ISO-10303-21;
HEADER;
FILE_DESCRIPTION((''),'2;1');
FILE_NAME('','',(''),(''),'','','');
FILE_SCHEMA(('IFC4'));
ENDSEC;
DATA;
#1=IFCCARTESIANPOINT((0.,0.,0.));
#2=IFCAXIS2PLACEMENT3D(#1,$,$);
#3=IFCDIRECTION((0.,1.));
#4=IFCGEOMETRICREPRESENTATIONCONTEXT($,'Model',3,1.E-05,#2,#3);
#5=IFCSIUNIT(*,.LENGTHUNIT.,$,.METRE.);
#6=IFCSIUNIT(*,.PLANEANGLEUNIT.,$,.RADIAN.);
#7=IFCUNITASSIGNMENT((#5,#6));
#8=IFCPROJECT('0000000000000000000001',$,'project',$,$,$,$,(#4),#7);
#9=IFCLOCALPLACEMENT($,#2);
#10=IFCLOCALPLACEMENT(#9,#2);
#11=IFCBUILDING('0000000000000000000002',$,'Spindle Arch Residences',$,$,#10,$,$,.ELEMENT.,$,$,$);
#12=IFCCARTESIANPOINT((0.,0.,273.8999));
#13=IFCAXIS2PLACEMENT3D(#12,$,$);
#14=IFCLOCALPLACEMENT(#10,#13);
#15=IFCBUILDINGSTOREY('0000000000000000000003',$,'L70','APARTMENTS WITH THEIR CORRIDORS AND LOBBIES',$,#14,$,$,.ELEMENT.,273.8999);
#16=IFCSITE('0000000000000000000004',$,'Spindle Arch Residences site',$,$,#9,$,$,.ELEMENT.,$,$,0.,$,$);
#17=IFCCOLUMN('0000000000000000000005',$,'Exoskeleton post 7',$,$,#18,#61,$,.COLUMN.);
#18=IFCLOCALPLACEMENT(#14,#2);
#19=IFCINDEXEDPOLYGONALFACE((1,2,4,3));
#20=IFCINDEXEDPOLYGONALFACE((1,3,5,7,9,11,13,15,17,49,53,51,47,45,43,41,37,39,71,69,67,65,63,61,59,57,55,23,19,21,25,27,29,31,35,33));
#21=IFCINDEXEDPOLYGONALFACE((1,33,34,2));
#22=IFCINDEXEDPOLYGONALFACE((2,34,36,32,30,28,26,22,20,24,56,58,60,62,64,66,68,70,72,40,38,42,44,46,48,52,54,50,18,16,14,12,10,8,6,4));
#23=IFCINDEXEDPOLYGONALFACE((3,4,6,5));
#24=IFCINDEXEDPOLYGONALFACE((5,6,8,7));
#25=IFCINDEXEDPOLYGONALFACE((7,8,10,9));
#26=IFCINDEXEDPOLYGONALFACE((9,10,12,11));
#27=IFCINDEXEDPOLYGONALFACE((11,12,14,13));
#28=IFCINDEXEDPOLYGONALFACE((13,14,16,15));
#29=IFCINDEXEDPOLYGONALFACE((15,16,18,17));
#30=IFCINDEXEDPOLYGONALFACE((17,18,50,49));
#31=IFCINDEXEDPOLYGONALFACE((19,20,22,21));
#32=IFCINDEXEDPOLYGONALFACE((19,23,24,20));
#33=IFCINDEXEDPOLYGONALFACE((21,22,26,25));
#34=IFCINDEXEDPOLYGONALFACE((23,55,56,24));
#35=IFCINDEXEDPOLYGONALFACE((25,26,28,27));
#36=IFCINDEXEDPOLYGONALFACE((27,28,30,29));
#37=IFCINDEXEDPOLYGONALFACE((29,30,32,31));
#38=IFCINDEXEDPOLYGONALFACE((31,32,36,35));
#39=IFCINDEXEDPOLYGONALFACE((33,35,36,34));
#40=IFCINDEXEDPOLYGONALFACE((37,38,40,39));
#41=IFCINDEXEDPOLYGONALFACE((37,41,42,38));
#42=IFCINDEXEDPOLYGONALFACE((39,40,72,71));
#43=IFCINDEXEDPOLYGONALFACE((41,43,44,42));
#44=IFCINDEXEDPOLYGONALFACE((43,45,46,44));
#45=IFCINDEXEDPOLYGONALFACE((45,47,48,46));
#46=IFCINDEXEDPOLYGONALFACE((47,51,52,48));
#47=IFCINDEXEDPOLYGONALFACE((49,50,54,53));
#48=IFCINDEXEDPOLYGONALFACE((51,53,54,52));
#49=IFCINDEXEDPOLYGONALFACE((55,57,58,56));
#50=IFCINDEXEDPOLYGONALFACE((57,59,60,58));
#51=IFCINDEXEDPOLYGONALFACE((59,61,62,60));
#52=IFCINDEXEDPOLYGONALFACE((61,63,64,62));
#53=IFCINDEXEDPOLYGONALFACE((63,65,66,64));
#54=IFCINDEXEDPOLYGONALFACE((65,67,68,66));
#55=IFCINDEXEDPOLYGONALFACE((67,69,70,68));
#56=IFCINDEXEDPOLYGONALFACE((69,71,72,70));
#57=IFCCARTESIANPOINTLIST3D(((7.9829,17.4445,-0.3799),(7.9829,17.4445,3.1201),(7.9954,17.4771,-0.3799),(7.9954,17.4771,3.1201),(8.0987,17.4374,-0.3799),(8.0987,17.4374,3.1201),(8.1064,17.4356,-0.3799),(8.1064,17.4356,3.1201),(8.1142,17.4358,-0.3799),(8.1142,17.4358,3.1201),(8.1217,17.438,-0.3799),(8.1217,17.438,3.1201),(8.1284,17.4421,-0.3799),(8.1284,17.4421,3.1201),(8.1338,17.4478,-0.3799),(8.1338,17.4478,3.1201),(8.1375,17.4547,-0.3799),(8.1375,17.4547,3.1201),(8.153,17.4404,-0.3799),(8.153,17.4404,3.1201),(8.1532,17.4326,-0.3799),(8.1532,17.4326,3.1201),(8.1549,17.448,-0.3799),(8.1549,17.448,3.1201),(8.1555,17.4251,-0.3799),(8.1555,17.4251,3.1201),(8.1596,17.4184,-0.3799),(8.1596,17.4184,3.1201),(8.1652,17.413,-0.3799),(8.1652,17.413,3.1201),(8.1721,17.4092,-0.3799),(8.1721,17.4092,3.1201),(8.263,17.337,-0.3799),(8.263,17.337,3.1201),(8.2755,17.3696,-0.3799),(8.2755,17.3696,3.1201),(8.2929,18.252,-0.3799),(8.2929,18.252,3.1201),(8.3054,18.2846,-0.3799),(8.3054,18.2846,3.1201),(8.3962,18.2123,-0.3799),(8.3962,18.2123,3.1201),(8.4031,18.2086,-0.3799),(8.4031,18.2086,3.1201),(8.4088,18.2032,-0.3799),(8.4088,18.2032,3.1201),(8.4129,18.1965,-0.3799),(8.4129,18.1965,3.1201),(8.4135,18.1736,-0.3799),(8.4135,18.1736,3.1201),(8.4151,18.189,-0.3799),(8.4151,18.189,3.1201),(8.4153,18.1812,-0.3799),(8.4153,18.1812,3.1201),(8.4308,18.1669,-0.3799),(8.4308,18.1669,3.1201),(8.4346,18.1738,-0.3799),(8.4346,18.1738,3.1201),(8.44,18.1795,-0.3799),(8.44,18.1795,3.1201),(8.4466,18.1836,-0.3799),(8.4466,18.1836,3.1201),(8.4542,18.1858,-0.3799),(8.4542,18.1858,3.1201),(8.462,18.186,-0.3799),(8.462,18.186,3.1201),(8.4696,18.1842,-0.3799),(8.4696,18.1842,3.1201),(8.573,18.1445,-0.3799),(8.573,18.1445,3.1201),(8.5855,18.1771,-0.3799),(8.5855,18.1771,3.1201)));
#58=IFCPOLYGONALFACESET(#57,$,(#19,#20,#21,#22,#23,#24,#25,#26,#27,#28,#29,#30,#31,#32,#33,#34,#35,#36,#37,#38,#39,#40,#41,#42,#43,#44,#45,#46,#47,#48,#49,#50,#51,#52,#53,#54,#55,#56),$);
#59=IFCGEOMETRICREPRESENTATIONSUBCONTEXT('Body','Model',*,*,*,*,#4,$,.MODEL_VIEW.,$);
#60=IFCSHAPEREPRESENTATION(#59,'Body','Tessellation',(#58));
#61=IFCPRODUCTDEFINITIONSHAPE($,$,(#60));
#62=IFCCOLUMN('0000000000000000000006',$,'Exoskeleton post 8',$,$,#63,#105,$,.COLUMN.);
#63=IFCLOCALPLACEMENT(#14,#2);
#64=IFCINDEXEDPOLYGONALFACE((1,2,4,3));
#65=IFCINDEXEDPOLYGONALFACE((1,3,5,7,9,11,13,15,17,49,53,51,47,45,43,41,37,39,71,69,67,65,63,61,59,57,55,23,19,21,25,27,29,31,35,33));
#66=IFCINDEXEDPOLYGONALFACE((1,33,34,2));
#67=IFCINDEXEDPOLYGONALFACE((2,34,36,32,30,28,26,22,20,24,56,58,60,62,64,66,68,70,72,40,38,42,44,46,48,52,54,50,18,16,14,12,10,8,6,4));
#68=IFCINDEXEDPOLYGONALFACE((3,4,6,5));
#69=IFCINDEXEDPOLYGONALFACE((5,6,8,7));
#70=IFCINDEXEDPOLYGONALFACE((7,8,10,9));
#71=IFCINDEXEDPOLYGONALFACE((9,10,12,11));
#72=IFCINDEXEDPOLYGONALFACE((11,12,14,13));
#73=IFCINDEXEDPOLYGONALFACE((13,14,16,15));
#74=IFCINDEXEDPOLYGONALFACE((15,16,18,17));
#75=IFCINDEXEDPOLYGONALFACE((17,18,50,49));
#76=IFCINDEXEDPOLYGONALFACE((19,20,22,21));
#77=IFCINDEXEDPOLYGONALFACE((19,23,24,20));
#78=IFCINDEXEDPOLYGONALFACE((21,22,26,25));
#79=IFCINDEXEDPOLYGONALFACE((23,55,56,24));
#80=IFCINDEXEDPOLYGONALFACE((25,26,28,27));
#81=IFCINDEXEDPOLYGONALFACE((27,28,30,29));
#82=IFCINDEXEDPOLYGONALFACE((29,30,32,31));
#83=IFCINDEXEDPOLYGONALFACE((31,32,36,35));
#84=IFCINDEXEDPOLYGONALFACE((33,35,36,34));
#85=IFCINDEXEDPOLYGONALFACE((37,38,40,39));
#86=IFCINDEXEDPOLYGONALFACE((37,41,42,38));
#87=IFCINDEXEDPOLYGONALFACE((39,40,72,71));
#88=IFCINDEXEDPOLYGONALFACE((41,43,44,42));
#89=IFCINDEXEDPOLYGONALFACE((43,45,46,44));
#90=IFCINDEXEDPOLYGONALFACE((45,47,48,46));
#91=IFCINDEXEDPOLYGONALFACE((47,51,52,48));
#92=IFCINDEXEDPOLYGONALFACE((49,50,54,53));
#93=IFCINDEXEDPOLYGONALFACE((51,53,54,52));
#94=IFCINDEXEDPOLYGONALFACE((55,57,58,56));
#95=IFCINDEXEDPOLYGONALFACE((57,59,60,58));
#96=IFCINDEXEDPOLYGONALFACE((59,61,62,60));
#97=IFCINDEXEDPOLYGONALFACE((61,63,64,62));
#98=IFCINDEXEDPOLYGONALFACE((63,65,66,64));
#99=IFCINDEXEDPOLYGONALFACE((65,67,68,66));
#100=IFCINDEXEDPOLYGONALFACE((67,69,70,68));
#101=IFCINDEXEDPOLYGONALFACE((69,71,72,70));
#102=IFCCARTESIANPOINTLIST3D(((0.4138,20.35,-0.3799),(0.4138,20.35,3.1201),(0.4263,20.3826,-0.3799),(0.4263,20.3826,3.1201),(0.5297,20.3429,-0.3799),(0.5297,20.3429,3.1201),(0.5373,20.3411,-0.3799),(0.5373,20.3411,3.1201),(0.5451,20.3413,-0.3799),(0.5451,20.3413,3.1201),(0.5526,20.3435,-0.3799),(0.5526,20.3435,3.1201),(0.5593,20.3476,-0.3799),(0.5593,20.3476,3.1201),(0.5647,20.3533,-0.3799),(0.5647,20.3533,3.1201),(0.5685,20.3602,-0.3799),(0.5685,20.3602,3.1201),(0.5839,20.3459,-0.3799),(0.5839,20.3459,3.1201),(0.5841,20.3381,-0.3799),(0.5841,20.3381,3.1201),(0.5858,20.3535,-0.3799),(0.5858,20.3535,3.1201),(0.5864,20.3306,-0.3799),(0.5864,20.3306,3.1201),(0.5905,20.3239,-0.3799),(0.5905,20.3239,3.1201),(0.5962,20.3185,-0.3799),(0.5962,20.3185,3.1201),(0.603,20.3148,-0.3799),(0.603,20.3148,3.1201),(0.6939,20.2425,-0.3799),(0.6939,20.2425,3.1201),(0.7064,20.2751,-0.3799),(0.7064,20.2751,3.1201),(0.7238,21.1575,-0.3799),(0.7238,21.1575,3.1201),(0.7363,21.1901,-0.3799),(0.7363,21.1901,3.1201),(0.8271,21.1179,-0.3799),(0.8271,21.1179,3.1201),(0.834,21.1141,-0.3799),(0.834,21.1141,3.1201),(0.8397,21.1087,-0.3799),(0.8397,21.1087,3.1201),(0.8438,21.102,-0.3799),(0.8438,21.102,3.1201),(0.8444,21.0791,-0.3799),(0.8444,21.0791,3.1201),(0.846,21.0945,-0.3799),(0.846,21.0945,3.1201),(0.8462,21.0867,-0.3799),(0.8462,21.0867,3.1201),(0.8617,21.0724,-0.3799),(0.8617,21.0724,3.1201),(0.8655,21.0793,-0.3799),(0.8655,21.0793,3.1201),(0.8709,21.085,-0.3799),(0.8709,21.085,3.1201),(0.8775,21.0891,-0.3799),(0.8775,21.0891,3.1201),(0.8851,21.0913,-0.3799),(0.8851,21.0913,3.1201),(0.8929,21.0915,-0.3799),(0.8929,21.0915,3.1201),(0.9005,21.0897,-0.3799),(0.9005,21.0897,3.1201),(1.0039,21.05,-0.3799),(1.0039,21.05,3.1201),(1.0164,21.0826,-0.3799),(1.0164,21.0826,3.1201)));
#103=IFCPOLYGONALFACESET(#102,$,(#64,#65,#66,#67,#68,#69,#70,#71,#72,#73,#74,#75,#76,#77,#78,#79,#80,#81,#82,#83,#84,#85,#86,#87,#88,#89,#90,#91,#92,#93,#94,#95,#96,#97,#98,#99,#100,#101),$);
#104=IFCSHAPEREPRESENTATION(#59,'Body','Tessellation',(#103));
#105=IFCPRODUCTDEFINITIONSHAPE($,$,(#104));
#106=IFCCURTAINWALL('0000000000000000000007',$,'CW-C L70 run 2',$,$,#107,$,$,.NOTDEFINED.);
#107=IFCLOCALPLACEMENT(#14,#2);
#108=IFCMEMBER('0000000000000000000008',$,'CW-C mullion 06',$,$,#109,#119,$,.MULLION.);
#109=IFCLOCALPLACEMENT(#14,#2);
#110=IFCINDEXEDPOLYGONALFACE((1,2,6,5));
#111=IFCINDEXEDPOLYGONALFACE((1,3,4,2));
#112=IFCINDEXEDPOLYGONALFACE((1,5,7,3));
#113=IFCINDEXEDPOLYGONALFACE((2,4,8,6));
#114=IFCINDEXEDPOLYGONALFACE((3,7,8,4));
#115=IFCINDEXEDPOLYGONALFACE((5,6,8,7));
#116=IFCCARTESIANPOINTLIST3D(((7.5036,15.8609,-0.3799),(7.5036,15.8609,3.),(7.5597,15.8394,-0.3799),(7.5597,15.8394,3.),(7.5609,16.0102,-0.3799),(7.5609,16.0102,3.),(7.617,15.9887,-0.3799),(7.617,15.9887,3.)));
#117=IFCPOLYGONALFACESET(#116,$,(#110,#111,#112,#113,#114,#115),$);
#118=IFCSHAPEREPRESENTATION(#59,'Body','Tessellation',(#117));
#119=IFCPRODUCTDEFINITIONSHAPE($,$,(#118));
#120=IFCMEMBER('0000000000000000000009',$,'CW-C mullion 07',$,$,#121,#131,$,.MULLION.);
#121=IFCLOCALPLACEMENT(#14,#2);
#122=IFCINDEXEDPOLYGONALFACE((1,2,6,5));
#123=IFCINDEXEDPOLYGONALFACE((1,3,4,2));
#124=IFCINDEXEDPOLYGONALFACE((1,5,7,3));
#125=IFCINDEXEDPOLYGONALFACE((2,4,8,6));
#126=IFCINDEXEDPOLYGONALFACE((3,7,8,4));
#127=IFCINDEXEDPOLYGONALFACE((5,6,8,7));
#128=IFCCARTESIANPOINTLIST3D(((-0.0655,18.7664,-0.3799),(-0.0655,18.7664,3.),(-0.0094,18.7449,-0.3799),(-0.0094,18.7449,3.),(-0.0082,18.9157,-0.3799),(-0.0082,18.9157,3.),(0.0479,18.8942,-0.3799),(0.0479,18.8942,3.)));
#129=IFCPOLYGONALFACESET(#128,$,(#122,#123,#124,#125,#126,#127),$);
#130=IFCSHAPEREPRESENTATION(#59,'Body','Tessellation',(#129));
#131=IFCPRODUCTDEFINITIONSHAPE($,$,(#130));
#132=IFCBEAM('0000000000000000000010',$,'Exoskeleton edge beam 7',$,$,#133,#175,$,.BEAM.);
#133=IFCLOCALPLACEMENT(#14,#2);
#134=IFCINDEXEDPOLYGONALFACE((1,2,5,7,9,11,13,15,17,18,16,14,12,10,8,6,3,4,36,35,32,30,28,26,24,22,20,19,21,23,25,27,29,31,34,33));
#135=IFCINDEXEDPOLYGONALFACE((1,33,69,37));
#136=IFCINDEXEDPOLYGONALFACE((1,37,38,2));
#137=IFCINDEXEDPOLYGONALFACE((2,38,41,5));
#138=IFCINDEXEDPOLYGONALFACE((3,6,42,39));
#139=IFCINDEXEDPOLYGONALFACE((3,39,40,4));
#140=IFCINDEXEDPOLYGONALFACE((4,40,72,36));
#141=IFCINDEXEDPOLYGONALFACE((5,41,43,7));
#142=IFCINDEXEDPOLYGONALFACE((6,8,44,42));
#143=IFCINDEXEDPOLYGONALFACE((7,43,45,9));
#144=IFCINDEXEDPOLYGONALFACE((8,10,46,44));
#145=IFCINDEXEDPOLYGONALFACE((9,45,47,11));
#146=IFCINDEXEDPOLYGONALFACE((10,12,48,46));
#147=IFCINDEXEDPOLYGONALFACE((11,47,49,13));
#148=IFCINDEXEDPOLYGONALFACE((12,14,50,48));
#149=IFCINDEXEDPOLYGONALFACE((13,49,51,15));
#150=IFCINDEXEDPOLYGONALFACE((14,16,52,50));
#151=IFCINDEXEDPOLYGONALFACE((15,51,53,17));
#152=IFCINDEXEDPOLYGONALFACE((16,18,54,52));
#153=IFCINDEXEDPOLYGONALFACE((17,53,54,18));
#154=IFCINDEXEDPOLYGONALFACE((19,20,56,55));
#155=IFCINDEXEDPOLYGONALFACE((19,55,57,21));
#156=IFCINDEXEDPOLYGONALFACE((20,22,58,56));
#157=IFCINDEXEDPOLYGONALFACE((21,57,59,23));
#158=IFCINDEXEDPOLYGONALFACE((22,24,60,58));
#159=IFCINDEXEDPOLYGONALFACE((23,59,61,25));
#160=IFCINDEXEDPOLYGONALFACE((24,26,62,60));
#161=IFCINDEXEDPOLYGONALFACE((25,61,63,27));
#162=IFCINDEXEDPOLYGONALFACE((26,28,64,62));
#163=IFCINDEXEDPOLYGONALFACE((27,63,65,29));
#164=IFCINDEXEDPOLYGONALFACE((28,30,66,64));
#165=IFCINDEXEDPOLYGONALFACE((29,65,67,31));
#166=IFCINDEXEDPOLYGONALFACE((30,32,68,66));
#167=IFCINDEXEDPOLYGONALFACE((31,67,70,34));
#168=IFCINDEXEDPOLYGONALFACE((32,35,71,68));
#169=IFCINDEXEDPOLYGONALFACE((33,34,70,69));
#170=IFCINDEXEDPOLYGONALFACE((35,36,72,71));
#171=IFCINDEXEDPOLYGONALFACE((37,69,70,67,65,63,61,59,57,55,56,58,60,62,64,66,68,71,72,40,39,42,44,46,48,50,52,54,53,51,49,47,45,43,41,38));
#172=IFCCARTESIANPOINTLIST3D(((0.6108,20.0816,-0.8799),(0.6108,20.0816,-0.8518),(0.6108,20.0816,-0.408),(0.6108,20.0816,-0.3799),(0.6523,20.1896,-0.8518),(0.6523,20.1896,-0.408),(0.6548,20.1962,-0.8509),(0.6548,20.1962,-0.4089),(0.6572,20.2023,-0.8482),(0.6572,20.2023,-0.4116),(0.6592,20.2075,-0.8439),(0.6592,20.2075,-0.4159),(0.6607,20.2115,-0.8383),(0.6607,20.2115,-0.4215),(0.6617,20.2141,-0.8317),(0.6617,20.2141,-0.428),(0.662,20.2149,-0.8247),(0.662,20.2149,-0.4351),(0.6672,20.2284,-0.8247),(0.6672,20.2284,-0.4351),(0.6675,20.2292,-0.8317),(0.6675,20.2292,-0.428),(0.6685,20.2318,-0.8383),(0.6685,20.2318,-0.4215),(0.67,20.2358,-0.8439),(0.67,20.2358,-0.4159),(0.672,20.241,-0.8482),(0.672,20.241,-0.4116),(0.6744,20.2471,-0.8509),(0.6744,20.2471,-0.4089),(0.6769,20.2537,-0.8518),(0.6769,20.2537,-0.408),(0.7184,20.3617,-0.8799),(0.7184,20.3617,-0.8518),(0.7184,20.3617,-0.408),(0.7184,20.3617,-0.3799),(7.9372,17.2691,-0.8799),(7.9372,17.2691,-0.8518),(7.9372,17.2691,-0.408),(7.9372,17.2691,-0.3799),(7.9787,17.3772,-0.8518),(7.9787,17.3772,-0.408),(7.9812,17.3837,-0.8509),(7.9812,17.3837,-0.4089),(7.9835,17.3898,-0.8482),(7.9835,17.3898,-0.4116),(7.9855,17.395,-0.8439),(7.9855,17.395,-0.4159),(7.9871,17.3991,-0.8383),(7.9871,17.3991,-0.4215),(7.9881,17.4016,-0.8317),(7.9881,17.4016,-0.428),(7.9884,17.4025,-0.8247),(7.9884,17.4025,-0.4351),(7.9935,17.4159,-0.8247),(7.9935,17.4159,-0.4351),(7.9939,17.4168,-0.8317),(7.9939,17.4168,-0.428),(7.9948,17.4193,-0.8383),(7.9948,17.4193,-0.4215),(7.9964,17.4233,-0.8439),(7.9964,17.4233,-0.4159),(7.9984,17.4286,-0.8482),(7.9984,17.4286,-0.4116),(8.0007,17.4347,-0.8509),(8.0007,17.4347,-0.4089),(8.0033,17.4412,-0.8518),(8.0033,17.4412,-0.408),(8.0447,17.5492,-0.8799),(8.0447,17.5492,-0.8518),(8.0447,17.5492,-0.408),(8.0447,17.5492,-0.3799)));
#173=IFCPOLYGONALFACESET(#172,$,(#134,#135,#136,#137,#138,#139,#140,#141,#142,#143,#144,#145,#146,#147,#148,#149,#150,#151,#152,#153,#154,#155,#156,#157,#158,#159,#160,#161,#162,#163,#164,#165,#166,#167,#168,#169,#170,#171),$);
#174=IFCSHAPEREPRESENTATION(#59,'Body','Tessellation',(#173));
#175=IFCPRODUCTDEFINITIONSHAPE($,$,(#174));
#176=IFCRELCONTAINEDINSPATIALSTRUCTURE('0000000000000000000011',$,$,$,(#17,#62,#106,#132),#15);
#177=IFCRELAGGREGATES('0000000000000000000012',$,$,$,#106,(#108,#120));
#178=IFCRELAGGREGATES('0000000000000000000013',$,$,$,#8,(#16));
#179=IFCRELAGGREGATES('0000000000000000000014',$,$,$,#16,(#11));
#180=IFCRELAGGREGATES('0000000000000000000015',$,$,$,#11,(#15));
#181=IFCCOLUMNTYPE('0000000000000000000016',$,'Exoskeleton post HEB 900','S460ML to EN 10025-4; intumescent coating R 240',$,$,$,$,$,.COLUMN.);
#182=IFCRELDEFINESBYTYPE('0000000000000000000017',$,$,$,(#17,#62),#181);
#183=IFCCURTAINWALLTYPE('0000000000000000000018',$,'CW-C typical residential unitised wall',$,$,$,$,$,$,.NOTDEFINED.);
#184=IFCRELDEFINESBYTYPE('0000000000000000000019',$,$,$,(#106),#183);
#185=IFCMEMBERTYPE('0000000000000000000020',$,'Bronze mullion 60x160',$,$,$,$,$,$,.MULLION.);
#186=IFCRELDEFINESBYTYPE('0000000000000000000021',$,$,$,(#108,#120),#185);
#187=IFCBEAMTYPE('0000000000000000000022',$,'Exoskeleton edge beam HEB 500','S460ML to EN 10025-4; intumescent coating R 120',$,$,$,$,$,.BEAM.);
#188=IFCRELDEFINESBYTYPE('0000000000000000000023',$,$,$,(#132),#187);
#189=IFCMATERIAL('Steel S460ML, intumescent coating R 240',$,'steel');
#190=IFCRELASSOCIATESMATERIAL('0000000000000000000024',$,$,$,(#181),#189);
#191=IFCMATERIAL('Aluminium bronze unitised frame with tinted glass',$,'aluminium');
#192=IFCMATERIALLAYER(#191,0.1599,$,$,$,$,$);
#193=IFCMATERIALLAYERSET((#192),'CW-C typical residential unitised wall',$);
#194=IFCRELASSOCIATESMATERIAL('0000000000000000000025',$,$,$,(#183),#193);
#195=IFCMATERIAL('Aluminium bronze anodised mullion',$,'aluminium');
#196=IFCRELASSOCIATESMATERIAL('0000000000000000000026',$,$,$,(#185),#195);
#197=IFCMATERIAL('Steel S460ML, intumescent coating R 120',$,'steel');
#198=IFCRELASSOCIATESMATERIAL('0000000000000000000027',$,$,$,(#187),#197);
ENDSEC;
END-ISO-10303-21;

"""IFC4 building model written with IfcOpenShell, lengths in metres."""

from ifc_helpers import new_model, si_unit, direction, frame, origin, origin_2d, place, context, subcontext, project, spatial, rectangle, i_section, extrude, material, layer, layer_set, material_profile, profile_set, type_object, element, aggregate, save


model = new_model("IFC4")

# Units and contexts
model_context = context("Model", 3, precision=1e-05, world=origin(), true_north=direction((0.0, 1.0)))
body_context = subcontext(model_context, "Body", "Model", "MODEL_VIEW")
ifc_project = project(units=[si_unit("LENGTHUNIT", "METRE"), si_unit("PLANEANGLEUNIT", "RADIAN")], contexts=[model_context])

# Site, building, storey
site_placement = place(None, origin())
site = spatial("IfcSite", under=ifc_project, at=site_placement, Name="Spindle Arch Residences site", CompositionType="ELEMENT", RefElevation=0.0)
building_placement = place(site_placement, origin())
building = spatial("IfcBuilding", under=site, at=building_placement, Name="Spindle Arch Residences", CompositionType="ELEMENT")
storey_placement = place(building_placement, frame((0.0, 0.0, 273.8999)))
storey = spatial("IfcBuildingStorey", under=building, at=storey_placement, Name="L70", Description="APARTMENTS WITH THEIR CORRIDORS AND LOBBIES", CompositionType="ELEMENT", Elevation=273.8999)

# Columns
ifc_material_1 = material(Name="Steel S460ML, intumescent coating R 240", Category="steel")
ifc_material_profile_1 = material_profile(ifc_material_1, i_section(OverallWidth=0.3, OverallDepth=0.8999, WebThickness=0.0186, FlangeThickness=0.0349, FilletRadius=0.03, at=origin_2d()), Name="HEB 900")
ifc_profile_set_1 = profile_set([ifc_material_profile_1], Name="Steel S460ML, intumescent coating R 240")
column_type = type_object("IfcColumnType", Name="Exoskeleton post HEB 900", Description="S460ML to EN 10025-4; intumescent coating R 240", PredefinedType="COLUMN", material=ifc_profile_set_1)
for number, where, z_axis, x_axis, name in (
    (1, (8.2842, 17.8108, -0.3799), (0.0, 0.0, 1.0), (0.93358, -0.358368, 0.0), "Exoskeleton post 7"),
    (2, (0.7151, 20.7163, -0.3799), (0.0, 0.0, 1.0), (0.93358, -0.358368, 0.0), "Exoskeleton post 8"),
):
    element("IfcColumn", number, at=place(storey_placement, frame(where, z_axis=z_axis, x_axis=x_axis)), inside=storey, type_object=column_type, Name=name, PredefinedType="COLUMN", context=body_context, shape_type="SweptSolid", body=[
        extrude(i_section(OverallWidth=0.3, OverallDepth=0.8999, WebThickness=0.0186, FlangeThickness=0.0349, FilletRadius=0.03, at=origin_2d()), origin(), (0.0, 0.0, 1.0), 3.5),
    ])

# Curtain wall, members
ifc_material_2 = material(Name="Aluminium bronze unitised frame with tinted glass", Category="aluminium")
ifc_layer_1 = layer(ifc_material_2, 0.1599)
ifc_layer_set_1 = layer_set([ifc_layer_1], Name="CW-C typical residential unitised wall")
curtain_wall_type = type_object("IfcCurtainWallType", Name="CW-C typical residential unitised wall", PredefinedType="NOTDEFINED", material=ifc_layer_set_1)
curtain_wall_placement = place(storey_placement, origin())
curtain_wall = element("IfcCurtainWall", 3, at=curtain_wall_placement, inside=storey, type_object=curtain_wall_type, Name="CW-C L70 run 2", PredefinedType="NOTDEFINED")
ifc_material_3 = material(Name="Aluminium bronze anodised mullion", Category="aluminium")
ifc_material_profile_2 = material_profile(ifc_material_3, rectangle(XDim=0.1599, YDim=0.0601, at=origin_2d()), Name="MU 60x160")
ifc_profile_set_2 = profile_set([ifc_material_profile_2], Name="Aluminium bronze anodised mullion")
member_type = type_object("IfcMemberType", Name="Bronze mullion 60x160", PredefinedType="MULLION", material=ifc_profile_set_2)
member_1_placement = place(storey_placement, frame((7.5603, 15.9248, -0.3799), z_axis=(0.0, 0.0, 1.0), x_axis=(-0.358368, -0.93358, 0.0)))
member_1 = element("IfcMember", 4, at=member_1_placement, type_object=member_type, Name="CW-C mullion 06", PredefinedType="MULLION", context=body_context, shape_type="SweptSolid", body=[
    extrude(rectangle(XDim=0.1599, YDim=0.0601, at=origin_2d()), origin(), (0.0, 0.0, 1.0), 3.3799),
])
member_2_placement = place(storey_placement, frame((-0.0088, 18.8303, -0.3799), z_axis=(0.0, 0.0, 1.0), x_axis=(-0.358368, -0.93358, 0.0)))
member_2 = element("IfcMember", 5, at=member_2_placement, type_object=member_type, Name="CW-C mullion 07", PredefinedType="MULLION", context=body_context, shape_type="SweptSolid", body=[
    extrude(rectangle(XDim=0.1599, YDim=0.0601, at=origin_2d()), origin(), (0.0, 0.0, 1.0), 3.3799),
])

# Beam
ifc_material_4 = material(Name="Steel S460ML, intumescent coating R 120", Category="steel")
ifc_material_profile_3 = material_profile(ifc_material_4, i_section(OverallWidth=0.3, OverallDepth=0.5, WebThickness=0.0144, FlangeThickness=0.0281, FilletRadius=0.0271, at=origin_2d()), Name="HEB 500")
ifc_profile_set_3 = profile_set([ifc_material_profile_3], Name="Steel S460ML, intumescent coating R 120")
beam_type_1 = type_object("IfcBeamType", Name="Exoskeleton edge beam HEB 500", Description="S460ML to EN 10025-4; intumescent coating R 120", PredefinedType="BEAM", material=ifc_profile_set_3)
for number, where, z_axis, x_axis, name in (
    (6, (7.991, 17.4092, -0.6299), (-0.933574, 0.358385, 0.0), (-0.358385, -0.933574, 0.0), "Exoskeleton edge beam 7"),
):
    element("IfcBeam", number, at=place(storey_placement, frame(where, z_axis=z_axis, x_axis=x_axis)), inside=storey, type_object=beam_type_1, Name=name, PredefinedType="BEAM", context=body_context, shape_type="SweptSolid", body=[
        extrude(i_section(OverallWidth=0.3, OverallDepth=0.5, WebThickness=0.0144, FlangeThickness=0.0281, FilletRadius=0.0271, at=origin_2d()), origin(), (0.0, 0.0, 1.0), 7.8477),
    ])

aggregate(curtain_wall, [member_1, member_2])

save(model, "model.ifc")
